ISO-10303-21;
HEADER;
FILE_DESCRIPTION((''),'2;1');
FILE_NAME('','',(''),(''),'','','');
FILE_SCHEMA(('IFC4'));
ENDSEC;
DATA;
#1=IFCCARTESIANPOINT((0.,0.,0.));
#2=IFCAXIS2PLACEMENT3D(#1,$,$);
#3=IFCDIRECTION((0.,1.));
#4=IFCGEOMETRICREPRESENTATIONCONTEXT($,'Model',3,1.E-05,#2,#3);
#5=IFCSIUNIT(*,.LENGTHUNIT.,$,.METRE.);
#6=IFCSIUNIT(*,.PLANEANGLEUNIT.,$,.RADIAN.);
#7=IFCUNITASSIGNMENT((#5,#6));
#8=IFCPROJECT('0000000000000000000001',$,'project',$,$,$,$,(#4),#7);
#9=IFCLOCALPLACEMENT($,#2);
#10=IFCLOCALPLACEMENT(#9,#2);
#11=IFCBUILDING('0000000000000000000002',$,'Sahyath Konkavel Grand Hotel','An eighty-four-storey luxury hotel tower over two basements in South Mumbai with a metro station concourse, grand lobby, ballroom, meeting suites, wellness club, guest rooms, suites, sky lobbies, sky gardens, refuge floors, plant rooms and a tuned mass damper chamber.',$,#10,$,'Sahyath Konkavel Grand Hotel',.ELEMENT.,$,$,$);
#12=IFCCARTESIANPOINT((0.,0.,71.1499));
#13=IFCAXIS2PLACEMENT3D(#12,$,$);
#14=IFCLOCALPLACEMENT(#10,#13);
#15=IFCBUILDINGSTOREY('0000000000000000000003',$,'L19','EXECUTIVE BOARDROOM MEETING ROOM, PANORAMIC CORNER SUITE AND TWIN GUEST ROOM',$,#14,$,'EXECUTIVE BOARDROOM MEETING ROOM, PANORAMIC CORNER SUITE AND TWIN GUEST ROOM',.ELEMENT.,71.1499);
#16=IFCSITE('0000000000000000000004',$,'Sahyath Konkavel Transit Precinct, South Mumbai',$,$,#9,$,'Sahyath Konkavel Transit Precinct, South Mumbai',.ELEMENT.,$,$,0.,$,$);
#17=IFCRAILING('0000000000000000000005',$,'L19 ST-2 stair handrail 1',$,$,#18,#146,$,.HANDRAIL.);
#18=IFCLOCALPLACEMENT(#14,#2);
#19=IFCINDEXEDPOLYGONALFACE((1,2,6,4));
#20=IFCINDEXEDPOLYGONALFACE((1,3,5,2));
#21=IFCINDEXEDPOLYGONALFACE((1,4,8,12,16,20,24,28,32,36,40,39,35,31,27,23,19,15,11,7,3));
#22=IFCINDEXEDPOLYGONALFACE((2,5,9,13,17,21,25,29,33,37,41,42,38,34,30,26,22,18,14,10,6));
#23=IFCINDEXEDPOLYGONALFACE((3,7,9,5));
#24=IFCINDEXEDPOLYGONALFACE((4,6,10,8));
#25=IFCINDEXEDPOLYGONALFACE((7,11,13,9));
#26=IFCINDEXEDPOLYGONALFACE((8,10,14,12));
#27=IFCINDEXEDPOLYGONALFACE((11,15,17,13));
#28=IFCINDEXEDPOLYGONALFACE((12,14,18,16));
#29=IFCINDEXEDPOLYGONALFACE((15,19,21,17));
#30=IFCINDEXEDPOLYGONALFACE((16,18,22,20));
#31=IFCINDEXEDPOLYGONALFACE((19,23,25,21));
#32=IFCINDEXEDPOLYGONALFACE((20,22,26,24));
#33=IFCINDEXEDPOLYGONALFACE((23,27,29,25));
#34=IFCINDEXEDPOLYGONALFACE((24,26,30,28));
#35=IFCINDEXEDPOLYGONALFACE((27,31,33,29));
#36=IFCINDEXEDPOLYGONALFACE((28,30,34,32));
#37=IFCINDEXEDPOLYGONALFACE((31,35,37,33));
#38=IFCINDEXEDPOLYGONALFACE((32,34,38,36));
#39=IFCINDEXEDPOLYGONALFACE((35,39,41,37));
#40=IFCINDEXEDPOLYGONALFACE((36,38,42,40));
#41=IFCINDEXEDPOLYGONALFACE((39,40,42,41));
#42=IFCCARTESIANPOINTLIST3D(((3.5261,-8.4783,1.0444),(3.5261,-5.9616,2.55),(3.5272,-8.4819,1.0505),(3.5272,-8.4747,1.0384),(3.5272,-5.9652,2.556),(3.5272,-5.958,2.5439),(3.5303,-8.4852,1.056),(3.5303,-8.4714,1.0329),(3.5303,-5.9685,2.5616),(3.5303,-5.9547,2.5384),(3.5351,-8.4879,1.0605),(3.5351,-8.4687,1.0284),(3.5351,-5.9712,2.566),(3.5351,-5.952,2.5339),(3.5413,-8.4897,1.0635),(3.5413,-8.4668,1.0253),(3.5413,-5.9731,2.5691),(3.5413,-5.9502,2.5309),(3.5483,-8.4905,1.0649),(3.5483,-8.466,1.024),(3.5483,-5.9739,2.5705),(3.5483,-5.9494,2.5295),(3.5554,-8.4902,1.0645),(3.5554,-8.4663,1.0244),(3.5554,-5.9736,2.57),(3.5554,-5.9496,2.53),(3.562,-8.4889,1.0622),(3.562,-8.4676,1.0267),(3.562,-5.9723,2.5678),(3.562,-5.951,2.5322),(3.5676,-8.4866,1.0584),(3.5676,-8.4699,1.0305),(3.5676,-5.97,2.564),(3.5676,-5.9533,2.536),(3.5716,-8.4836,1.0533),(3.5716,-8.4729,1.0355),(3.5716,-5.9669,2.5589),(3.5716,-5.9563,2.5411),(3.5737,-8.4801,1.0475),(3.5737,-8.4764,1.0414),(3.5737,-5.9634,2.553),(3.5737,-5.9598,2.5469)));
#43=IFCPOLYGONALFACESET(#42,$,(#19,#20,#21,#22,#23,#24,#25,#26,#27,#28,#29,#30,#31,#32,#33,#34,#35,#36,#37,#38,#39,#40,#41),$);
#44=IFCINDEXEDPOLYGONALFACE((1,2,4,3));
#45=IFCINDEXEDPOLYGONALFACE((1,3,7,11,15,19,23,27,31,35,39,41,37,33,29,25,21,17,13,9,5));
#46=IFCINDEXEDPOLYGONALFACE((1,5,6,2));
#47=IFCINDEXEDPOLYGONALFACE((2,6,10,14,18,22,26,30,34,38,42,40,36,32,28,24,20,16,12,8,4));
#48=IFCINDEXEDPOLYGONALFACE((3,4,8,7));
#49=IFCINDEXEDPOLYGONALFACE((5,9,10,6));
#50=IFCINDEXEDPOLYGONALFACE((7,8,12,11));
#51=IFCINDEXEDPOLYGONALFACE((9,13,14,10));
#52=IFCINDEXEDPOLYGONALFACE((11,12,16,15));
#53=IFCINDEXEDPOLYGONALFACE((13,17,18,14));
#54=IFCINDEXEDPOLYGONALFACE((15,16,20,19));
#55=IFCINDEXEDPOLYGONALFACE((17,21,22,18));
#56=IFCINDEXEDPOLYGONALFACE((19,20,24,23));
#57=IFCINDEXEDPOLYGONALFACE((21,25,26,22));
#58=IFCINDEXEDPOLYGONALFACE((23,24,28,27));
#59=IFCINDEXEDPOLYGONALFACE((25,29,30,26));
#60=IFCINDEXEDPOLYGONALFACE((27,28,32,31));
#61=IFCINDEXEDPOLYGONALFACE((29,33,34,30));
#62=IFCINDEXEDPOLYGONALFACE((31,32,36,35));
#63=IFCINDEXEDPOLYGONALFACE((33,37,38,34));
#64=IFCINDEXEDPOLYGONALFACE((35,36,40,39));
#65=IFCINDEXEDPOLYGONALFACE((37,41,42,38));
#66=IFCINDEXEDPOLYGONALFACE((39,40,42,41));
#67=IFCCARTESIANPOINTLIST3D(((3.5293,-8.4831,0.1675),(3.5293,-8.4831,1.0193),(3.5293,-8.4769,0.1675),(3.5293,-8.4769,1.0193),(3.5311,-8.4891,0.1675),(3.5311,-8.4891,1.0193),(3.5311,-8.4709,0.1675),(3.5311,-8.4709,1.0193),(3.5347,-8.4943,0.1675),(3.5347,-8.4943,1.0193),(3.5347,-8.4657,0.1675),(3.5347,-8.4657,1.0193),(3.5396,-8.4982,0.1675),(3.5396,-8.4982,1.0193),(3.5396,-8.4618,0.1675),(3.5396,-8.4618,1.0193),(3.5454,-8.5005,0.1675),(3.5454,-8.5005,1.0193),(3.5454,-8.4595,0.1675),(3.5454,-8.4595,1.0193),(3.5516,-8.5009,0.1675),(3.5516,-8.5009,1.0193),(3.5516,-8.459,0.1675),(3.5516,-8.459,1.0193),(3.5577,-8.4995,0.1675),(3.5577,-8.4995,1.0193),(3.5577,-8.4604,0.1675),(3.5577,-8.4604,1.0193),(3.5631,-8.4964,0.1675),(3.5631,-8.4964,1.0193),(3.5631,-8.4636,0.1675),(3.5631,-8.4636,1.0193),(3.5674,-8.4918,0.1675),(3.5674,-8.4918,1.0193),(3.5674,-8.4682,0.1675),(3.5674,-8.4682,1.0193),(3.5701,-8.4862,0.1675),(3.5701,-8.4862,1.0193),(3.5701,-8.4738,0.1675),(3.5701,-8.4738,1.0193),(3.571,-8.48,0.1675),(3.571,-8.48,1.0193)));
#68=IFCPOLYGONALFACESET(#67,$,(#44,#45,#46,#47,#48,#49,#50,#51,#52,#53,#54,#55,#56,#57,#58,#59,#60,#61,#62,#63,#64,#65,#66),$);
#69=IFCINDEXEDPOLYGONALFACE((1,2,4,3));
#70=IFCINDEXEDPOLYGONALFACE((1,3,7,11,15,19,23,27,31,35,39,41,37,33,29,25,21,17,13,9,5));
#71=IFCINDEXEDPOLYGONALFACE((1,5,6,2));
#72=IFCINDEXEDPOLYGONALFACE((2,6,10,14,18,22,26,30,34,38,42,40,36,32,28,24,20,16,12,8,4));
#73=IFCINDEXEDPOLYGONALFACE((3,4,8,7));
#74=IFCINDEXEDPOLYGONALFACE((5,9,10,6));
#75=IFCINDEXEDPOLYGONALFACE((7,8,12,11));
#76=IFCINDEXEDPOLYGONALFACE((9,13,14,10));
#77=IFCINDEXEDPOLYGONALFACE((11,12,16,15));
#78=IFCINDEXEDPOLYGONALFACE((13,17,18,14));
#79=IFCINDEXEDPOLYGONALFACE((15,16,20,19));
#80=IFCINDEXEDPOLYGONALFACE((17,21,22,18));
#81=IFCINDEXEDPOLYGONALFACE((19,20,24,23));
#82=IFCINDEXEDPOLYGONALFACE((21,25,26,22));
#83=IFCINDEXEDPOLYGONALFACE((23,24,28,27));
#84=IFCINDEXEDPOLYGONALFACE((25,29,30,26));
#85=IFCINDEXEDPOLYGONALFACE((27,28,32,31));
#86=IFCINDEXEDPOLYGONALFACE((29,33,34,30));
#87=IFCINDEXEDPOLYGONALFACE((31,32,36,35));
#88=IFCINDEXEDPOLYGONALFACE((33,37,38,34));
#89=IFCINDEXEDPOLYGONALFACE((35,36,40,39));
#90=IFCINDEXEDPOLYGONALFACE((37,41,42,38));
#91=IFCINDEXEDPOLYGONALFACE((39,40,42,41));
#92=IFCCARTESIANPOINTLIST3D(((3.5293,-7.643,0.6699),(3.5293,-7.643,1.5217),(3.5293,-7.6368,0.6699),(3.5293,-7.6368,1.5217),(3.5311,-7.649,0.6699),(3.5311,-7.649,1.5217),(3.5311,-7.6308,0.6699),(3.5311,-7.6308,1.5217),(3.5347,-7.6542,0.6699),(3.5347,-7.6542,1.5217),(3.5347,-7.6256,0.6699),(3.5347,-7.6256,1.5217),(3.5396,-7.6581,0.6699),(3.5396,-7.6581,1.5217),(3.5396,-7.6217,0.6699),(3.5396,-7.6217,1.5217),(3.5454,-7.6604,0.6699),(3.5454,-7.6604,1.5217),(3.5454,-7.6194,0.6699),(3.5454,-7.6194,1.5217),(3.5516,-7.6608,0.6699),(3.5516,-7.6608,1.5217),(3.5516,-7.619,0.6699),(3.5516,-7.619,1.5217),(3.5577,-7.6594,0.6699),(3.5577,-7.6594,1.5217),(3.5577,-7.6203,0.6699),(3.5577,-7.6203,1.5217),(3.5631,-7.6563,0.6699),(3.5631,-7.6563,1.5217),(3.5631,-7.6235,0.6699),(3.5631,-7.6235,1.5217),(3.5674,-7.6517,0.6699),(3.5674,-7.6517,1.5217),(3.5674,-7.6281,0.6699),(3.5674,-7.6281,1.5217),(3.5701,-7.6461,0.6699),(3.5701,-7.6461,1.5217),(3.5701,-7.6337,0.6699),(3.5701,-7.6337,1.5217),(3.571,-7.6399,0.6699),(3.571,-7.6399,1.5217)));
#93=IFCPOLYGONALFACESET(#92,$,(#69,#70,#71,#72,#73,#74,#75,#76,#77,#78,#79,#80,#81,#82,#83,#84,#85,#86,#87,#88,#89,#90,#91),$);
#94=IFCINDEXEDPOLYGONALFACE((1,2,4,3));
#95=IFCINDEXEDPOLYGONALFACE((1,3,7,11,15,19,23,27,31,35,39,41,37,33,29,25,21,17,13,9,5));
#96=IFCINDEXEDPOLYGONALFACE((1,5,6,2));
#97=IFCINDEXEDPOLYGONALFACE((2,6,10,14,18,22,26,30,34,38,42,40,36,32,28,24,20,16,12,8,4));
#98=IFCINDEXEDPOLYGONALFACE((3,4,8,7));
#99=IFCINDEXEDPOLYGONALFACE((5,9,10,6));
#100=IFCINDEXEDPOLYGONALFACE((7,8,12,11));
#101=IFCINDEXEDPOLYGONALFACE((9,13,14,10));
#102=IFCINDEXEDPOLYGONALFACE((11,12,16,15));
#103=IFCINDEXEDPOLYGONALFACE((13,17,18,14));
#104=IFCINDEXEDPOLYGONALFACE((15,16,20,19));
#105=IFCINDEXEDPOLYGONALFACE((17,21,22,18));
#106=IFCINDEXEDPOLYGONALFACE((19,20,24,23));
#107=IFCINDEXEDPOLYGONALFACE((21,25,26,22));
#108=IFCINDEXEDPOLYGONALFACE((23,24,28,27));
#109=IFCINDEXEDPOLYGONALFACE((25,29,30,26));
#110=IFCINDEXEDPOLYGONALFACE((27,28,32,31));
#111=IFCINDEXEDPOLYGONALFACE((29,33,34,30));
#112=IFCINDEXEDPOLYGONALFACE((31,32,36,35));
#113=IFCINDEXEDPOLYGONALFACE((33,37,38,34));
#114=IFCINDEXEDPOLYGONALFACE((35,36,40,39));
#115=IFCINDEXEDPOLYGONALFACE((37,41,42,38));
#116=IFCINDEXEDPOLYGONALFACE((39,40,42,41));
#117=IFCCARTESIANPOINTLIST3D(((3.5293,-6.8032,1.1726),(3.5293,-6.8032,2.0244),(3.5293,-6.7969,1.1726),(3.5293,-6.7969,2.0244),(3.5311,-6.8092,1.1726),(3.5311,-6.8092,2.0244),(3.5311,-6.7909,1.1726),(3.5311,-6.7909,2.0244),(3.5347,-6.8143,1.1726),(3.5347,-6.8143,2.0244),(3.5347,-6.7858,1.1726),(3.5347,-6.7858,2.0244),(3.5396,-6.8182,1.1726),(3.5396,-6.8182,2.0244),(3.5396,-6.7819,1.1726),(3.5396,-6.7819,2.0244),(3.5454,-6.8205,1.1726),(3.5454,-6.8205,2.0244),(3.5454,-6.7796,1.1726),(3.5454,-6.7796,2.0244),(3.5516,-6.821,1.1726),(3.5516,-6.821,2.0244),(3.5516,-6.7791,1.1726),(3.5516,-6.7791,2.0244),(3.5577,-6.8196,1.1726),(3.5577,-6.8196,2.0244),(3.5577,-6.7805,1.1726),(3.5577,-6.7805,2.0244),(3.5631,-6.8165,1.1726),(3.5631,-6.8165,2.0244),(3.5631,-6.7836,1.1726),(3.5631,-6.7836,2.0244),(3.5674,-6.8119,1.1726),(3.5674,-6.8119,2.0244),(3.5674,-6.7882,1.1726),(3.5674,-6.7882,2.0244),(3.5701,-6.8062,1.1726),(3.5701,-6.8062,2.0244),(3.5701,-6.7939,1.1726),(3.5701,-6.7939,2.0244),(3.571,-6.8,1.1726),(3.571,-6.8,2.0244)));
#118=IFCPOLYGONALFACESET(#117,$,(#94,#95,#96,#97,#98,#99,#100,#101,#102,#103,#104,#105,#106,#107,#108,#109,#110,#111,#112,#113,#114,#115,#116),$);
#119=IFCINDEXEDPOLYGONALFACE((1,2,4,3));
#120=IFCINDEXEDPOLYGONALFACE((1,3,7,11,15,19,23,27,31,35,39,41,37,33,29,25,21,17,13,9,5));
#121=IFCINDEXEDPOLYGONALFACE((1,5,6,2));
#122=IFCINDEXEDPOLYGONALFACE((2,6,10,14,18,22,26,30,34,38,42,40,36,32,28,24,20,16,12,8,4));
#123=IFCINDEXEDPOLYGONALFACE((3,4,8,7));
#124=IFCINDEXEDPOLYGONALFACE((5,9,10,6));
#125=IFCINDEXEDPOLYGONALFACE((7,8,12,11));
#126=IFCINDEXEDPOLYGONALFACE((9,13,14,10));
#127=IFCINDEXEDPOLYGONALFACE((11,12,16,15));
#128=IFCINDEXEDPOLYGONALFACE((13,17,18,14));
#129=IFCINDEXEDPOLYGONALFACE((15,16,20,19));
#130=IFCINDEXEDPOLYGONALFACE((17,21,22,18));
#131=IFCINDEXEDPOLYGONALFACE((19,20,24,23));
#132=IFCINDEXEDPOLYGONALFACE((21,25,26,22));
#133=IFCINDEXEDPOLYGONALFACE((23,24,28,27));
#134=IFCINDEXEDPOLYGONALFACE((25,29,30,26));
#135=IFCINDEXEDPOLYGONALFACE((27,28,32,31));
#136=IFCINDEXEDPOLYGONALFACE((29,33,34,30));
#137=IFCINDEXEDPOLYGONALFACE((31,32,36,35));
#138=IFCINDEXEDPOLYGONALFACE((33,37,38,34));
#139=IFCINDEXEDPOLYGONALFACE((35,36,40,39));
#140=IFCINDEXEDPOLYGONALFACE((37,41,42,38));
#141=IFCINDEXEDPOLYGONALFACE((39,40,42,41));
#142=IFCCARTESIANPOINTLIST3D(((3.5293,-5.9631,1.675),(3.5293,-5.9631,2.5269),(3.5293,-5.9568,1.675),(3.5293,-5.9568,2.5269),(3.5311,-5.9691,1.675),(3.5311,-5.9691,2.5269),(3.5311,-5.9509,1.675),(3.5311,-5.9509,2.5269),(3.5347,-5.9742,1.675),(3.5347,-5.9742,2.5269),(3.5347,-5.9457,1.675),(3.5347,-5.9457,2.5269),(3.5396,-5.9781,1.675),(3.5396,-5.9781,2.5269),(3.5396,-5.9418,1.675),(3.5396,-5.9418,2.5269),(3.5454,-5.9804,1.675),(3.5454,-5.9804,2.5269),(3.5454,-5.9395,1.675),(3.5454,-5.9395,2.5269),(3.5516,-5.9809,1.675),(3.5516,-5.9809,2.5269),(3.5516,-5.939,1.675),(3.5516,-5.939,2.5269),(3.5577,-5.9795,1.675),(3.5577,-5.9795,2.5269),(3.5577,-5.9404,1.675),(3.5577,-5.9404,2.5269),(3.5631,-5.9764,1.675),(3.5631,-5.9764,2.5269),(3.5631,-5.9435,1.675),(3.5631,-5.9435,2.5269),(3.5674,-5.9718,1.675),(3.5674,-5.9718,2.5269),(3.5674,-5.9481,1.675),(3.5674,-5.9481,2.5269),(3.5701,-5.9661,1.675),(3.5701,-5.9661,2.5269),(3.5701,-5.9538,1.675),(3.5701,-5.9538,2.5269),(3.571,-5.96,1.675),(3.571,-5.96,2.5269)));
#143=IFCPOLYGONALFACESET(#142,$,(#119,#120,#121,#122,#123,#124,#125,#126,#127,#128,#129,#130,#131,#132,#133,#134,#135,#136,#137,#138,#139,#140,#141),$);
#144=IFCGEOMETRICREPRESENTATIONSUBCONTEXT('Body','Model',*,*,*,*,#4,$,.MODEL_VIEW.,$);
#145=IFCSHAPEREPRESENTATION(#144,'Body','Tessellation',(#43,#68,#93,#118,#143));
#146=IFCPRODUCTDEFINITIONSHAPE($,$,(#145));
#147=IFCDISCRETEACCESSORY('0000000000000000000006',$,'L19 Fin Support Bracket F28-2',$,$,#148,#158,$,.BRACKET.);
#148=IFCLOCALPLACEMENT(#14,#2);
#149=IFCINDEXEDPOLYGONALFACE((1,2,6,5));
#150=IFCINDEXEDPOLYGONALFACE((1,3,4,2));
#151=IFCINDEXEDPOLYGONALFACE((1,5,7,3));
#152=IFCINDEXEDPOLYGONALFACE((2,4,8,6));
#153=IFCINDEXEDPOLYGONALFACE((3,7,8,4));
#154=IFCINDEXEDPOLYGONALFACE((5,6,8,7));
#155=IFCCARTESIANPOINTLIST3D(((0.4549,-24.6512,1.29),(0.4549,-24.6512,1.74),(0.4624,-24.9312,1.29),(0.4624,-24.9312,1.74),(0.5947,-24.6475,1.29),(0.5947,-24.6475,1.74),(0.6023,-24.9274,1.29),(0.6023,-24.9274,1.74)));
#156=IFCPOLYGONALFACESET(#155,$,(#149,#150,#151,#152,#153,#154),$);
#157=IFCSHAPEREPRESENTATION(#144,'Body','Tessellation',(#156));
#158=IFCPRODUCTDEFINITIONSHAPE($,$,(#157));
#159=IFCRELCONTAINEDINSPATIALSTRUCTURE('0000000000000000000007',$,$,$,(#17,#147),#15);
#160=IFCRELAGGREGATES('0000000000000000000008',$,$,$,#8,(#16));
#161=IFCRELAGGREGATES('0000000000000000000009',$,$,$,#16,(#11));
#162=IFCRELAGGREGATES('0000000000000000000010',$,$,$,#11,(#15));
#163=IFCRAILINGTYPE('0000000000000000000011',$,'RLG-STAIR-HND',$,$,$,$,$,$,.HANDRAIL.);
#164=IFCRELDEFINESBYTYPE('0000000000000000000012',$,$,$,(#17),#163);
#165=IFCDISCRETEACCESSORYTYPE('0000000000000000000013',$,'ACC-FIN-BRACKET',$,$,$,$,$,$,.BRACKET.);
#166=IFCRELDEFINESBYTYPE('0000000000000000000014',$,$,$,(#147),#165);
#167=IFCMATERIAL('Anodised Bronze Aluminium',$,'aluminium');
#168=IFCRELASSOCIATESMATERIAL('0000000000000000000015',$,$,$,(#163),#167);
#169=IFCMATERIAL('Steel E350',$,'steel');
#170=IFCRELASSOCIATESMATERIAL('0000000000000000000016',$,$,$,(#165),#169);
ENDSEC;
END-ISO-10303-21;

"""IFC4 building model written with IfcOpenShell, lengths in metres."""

from ifc_helpers import new_model, si_unit, direction, frame, origin, origin_2d, place, context, subcontext, project, spatial, rectangle, circle, extrude, source, transform, mapped, material, type_object, element, save


model = new_model("IFC4")

# Units and contexts
model_context = context("Model", 3, precision=1e-05, world=origin(), true_north=direction((0.0, 1.0)))
body_context = subcontext(model_context, "Body", "Model", "MODEL_VIEW")
ifc_project = project(units=[si_unit("LENGTHUNIT", "METRE"), si_unit("PLANEANGLEUNIT", "RADIAN")], contexts=[model_context])

# Site, building, storey
site_placement = place(None, origin())
site = spatial("IfcSite", under=ifc_project, at=site_placement, Name="Sahyath Konkavel Transit Precinct, South Mumbai", LongName="Sahyath Konkavel Transit Precinct, South Mumbai", CompositionType="ELEMENT", RefElevation=0.0)
building_placement = place(site_placement, origin())
building = spatial("IfcBuilding", under=site, at=building_placement, Name="Sahyath Konkavel Grand Hotel", Description="An eighty-four-storey luxury hotel tower over two basements in South Mumbai with a metro station concourse, grand lobby, ballroom, meeting suites, wellness club, guest rooms, suites, sky lobbies, sky gardens, refuge floors, plant rooms and a tuned mass damper chamber.", LongName="Sahyath Konkavel Grand Hotel", CompositionType="ELEMENT")
storey_placement = place(building_placement, frame((0.0, 0.0, 71.1499)))
storey = spatial("IfcBuildingStorey", under=building, at=storey_placement, Name="L19", Description="EXECUTIVE BOARDROOM MEETING ROOM, PANORAMIC CORNER SUITE AND TWIN GUEST ROOM", LongName="EXECUTIVE BOARDROOM MEETING ROOM, PANORAMIC CORNER SUITE AND TWIN GUEST ROOM", CompositionType="ELEMENT", Elevation=71.1499)

# Shared definitions
ifc_material_1 = material(Name="Steel E350", Category="steel")

# Shared definitions
ifc_material_2 = material(Name="Anodised Bronze Aluminium", Category="aluminium")

# Railing
railing_type_1 = type_object("IfcRailingType", Name="RLG-STAIR-HND", PredefinedType="HANDRAIL", material=ifc_material_2)
railing_1_placement = place(storey_placement, frame((3.55, -8.48, 0.1675)))
element("IfcRailing", 1, at=railing_1_placement, inside=storey, type_object=railing_type_1, Name="L19 ST-2 stair handrail 1", PredefinedType="HANDRAIL", context=body_context, shape_type="SweptSolid", body=[
    extrude(circle(Radius=0.0239, at=origin_2d()), frame((0.0, 0.0017, 0.877), z_axis=(0.0, 0.85816, 0.513383), x_axis=(-1.0, 0.0, 0.0)), (0.0, 0.0, 1.0), 2.9326),
    extrude(circle(Radius=0.021, at=origin_2d()), origin(), (0.0, 0.0, 1.0), 0.8518),
    extrude(circle(Radius=0.021, at=origin_2d()), frame((0.0, 0.8401, 0.5024)), (0.0, 0.0, 1.0), 0.8518),
    extrude(circle(Radius=0.021, at=origin_2d()), frame((0.0, 1.6799, 1.0051)), (0.0, 0.0, 1.0), 0.8518),
    extrude(circle(Radius=0.021, at=origin_2d()), frame((0.0, 2.52, 1.5076)), (0.0, 0.0, 1.0), 0.8518),
])

# Discrete accessory
discrete_accessory_type = type_object("IfcDiscreteAccessoryType", Name="ACC-FIN-BRACKET", PredefinedType="BRACKET", material=ifc_material_1)
shared_shape_1 = source(origin(), body_context, "Body", "SweptSolid", [
    extrude(rectangle(XDim=0.28, YDim=0.1399, at=origin_2d()), origin(), (0.0, 0.0, 1.0), 0.45),
])
discrete_accessory_placement = place(storey_placement, frame((0.5286, -24.7893, 1.29), z_axis=(0.0, 0.0, 1.0), x_axis=(0.02691, -0.999638, 0.0)))
element("IfcDiscreteAccessory", 2, at=discrete_accessory_placement, inside=storey, type_object=discrete_accessory_type, Name="L19 Fin Support Bracket F28-2", PredefinedType="BRACKET", context=body_context, shape_type="MappedRepresentation", body=[
    mapped(shared_shape_1, transform((0.0, 0.0, 0.0), scale=1.0)),
])

save(model, "model.ifc")
